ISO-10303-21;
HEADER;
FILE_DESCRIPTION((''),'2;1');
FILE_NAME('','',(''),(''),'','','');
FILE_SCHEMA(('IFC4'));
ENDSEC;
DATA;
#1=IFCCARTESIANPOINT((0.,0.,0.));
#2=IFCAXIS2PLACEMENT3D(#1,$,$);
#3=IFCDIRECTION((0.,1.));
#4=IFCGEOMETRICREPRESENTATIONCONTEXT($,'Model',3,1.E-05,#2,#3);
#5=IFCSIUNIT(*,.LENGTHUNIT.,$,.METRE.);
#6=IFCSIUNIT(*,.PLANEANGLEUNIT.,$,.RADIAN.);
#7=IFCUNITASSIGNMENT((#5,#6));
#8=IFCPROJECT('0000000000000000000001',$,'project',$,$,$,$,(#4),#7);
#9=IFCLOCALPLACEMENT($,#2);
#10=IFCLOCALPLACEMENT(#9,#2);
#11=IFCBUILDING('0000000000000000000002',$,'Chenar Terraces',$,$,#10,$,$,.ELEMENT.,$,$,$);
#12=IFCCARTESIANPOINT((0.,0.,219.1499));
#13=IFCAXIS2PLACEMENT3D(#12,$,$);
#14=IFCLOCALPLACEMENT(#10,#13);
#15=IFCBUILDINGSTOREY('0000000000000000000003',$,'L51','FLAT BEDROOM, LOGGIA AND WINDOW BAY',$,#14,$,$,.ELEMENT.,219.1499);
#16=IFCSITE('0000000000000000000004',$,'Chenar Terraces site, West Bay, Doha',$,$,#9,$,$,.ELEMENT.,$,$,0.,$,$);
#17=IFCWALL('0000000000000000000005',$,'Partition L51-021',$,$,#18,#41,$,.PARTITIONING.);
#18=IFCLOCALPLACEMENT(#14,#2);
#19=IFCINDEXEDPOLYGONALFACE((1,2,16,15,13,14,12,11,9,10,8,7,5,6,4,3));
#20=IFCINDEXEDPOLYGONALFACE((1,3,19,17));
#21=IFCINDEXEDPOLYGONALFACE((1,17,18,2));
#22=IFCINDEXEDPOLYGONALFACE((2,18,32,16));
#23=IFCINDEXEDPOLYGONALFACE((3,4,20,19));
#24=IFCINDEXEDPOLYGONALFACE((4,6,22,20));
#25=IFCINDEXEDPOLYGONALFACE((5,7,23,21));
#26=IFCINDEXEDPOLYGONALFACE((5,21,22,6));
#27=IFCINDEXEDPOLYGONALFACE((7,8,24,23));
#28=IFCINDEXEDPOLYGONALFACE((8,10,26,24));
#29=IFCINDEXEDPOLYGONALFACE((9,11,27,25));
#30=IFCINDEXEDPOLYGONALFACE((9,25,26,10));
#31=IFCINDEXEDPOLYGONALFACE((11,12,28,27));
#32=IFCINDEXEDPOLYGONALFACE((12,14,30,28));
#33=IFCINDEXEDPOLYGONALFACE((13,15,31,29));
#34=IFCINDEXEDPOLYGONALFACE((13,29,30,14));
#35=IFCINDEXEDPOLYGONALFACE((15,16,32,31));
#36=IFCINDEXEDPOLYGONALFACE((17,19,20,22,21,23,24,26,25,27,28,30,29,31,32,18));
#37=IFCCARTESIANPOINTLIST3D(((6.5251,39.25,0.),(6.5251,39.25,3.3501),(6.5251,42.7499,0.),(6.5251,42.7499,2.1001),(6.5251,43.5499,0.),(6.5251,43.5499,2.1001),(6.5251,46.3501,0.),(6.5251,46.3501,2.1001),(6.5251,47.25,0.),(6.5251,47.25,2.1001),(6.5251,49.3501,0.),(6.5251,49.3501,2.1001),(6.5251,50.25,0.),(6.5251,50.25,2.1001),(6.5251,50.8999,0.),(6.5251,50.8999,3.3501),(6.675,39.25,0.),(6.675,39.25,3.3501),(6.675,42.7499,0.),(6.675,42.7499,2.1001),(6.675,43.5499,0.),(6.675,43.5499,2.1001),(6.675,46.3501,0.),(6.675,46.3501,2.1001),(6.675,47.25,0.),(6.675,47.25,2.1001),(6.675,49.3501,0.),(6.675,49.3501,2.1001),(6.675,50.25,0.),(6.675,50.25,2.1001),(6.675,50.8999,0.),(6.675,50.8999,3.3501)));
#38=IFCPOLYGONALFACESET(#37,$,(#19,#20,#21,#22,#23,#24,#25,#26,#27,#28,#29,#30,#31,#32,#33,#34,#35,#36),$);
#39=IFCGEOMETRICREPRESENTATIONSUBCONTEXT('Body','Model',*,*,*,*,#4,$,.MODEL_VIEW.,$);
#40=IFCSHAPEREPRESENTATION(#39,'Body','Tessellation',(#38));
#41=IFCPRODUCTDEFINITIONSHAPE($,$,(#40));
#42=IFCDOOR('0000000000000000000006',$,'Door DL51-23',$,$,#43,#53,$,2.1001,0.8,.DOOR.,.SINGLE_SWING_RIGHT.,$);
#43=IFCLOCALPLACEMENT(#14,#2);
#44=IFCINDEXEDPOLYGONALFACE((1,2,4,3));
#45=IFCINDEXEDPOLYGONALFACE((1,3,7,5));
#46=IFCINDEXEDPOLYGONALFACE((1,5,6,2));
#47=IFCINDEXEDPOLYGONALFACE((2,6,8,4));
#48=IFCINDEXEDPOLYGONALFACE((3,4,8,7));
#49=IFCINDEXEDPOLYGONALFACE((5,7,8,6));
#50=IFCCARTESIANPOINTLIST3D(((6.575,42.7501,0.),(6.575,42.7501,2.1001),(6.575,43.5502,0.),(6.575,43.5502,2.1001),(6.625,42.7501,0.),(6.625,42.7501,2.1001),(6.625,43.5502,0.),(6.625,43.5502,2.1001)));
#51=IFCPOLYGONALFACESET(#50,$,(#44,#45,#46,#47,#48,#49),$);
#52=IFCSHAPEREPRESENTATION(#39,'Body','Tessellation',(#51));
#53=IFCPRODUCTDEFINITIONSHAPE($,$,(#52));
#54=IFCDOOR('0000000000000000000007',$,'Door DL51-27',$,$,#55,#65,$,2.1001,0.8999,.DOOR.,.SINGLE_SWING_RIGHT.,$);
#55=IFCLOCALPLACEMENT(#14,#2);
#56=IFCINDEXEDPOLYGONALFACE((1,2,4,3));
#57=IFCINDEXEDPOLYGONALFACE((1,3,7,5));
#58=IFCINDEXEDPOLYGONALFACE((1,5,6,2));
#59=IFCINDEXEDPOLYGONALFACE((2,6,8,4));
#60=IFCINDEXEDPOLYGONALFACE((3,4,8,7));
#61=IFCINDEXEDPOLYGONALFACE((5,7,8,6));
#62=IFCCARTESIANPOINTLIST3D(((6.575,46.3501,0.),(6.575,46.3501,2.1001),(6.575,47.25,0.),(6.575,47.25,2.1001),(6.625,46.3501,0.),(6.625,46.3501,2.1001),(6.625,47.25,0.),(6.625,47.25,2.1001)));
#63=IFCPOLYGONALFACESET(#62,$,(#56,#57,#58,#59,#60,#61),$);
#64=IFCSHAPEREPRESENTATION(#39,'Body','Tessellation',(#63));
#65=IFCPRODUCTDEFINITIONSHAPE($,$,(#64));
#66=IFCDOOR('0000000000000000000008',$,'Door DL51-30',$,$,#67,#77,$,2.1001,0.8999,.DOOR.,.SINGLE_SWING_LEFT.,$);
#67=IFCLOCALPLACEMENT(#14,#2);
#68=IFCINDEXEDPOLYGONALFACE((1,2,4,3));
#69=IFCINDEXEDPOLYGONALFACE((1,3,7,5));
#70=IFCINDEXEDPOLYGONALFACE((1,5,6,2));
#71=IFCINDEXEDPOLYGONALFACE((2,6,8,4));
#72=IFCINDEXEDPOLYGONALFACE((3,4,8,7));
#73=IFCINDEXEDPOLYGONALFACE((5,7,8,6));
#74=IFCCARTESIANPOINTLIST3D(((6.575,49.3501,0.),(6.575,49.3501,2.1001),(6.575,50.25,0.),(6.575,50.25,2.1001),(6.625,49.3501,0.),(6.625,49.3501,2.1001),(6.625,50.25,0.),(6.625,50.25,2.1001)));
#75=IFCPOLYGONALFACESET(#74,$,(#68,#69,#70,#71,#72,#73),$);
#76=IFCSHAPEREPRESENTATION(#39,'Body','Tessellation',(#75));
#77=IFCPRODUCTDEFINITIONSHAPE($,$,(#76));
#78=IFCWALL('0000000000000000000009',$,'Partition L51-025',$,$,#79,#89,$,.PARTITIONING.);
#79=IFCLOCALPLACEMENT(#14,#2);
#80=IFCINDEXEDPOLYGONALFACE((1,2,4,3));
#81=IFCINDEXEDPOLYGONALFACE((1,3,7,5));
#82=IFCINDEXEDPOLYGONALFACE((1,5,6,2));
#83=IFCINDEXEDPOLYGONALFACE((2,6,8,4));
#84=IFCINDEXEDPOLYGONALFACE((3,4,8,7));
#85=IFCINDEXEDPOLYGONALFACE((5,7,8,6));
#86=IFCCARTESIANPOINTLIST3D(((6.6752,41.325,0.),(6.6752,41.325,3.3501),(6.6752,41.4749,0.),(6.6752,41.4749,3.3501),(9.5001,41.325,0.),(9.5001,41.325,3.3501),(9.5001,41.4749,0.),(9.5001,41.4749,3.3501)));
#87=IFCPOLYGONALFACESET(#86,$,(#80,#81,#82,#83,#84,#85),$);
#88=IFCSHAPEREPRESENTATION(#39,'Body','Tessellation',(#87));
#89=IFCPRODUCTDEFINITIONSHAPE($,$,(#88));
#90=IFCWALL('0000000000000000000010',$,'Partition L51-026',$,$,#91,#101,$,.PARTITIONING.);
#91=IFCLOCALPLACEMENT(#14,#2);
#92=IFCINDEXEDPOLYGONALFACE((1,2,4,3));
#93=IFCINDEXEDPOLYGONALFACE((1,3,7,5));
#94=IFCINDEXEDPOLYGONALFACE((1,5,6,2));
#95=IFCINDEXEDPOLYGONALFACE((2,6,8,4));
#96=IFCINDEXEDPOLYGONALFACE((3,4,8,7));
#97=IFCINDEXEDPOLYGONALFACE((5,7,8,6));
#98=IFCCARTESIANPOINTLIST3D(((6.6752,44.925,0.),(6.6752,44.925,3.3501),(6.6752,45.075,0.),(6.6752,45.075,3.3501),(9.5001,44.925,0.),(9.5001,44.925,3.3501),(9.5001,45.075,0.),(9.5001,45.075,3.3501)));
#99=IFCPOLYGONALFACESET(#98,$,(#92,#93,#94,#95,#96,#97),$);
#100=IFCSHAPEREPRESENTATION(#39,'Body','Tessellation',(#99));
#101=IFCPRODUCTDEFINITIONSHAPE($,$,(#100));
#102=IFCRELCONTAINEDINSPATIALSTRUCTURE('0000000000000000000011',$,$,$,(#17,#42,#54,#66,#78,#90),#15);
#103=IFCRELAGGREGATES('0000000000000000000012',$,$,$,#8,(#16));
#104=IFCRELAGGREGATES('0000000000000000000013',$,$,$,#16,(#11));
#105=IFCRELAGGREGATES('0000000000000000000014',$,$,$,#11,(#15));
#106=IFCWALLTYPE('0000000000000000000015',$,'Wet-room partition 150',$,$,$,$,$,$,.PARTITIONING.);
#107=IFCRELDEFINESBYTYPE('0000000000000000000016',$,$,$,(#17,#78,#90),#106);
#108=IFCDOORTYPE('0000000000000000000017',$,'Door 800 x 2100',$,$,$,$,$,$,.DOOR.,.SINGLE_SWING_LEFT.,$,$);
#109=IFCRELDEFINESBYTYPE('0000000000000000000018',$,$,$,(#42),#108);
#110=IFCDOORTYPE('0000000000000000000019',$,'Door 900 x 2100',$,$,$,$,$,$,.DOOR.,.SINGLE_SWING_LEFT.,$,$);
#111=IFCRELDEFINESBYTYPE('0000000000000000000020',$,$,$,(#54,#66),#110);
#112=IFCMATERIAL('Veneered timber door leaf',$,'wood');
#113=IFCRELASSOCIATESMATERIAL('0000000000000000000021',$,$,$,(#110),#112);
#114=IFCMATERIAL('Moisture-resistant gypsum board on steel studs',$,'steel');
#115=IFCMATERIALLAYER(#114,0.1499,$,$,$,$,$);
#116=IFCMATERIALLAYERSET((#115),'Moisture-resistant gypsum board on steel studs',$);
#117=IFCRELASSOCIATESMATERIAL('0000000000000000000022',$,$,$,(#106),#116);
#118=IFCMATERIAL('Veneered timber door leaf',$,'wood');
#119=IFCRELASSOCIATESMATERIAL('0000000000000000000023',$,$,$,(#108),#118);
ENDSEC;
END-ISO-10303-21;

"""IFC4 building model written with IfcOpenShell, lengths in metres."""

from ifc_helpers import new_model, si_unit, direction, frame, frame_2d, origin, place, context, subcontext, project, spatial, rectangle, extrude, material, layer, layer_set, type_object, element, fill, save


model = new_model("IFC4")

# Units and contexts
model_context = context("Model", 3, precision=1e-05, world=origin(), true_north=direction((0.0, 1.0)))
body_context = subcontext(model_context, "Body", "Model", "MODEL_VIEW")
ifc_project = project(units=[si_unit("LENGTHUNIT", "METRE"), si_unit("PLANEANGLEUNIT", "RADIAN")], contexts=[model_context])

# Site, building, storey
site_placement = place(None, origin())
site = spatial("IfcSite", under=ifc_project, at=site_placement, Name="Chenar Terraces site, West Bay, Doha", CompositionType="ELEMENT", RefElevation=0.0)
building_placement = place(site_placement, origin())
building = spatial("IfcBuilding", under=site, at=building_placement, Name="Chenar Terraces", CompositionType="ELEMENT")
storey_placement = place(building_placement, frame((0.0, 0.0, 219.1499)))
storey = spatial("IfcBuildingStorey", under=building, at=storey_placement, Name="L51", Description="FLAT BEDROOM, LOGGIA AND WINDOW BAY", CompositionType="ELEMENT", Elevation=219.1499)

# Shared definitions
ifc_material_1 = material(Name="Veneered timber door leaf", Category="wood")
door_type_1 = type_object("IfcDoorType", Name="Door 900 x 2100", OperationType="SINGLE_SWING_LEFT", PredefinedType="DOOR", material=ifc_material_1)

# Wall, openings, doors
ifc_material_2 = material(Name="Moisture-resistant gypsum board on steel studs", Category="steel")
ifc_layer_1 = layer(ifc_material_2, 0.1499)
ifc_layer_set_1 = layer_set([ifc_layer_1], Name="Moisture-resistant gypsum board on steel studs")
wall_type_1 = type_object("IfcWallType", Name="Wet-room partition 150", PredefinedType="PARTITIONING", material=ifc_layer_set_1)
wall_1_placement = place(storey_placement, frame((6.6001, 39.25, 0.0), z_axis=(0.0, 0.0, 1.0), x_axis=(0.0, 1.0, 0.0)))
wall_1 = element("IfcWall", 1, at=wall_1_placement, inside=storey, type_object=wall_type_1, Name="Partition L51-021", PredefinedType="PARTITIONING", context=body_context, shape_type="SweptSolid", body=[
    extrude(rectangle(XDim=11.6499, YDim=0.1499, at=frame_2d((5.825, 0.0))), origin(), (0.0, 0.0, 1.0), 3.3501),
])
opening_1_placement = place(wall_1_placement, frame((3.5, 0.0, 0.0)))
opening_1 = element("IfcOpeningElement", 2, at=opening_1_placement, cuts=wall_1, PredefinedType="OPENING", context=body_context, shape_type="SweptSolid", body=[
    extrude(rectangle(XDim=0.8, YDim=2.1001, at=frame_2d((0.3999, 1.05))), frame((0.0, 0.085, 0.0), z_axis=(0.0, -1.0, 0.0), x_axis=(1.0, 0.0, 0.0)), (0.0, 0.0, 1.0), 0.1699),
])
opening_2_placement = place(wall_1_placement, frame((7.1001, 0.0, 0.0)))
opening_2 = element("IfcOpeningElement", 3, at=opening_2_placement, cuts=wall_1, PredefinedType="OPENING", context=body_context, shape_type="SweptSolid", body=[
    extrude(rectangle(XDim=0.8999, YDim=2.1001, at=frame_2d((0.45, 1.05))), frame((0.0, 0.085, 0.0), z_axis=(0.0, -1.0, 0.0), x_axis=(1.0, 0.0, 0.0)), (0.0, 0.0, 1.0), 0.1699),
])
opening_3_placement = place(wall_1_placement, frame((10.1001, 0.0, 0.0)))
opening_3 = element("IfcOpeningElement", 4, at=opening_3_placement, cuts=wall_1, PredefinedType="OPENING", context=body_context, shape_type="SweptSolid", body=[
    extrude(rectangle(XDim=0.8999, YDim=2.1001, at=frame_2d((0.45, 1.05))), frame((0.0, 0.085, 0.0), z_axis=(0.0, -1.0, 0.0), x_axis=(1.0, 0.0, 0.0)), (0.0, 0.0, 1.0), 0.1699),
])
ifc_material_3 = material(Name="Veneered timber door leaf", Category="wood")
door_type_2 = type_object("IfcDoorType", Name="Door 800 x 2100", OperationType="SINGLE_SWING_LEFT", PredefinedType="DOOR", material=ifc_material_3)
door_1_placement = place(opening_1_placement, frame((0.8, 0.0, 0.0), z_axis=(0.0, 0.0, 1.0), x_axis=(-1.0, 0.0, 0.0)))
door_1 = element("IfcDoor", 5, at=door_1_placement, inside=storey, type_object=door_type_2, Name="Door DL51-23", OperationType="SINGLE_SWING_RIGHT", OverallHeight=2.1001, OverallWidth=0.8, PredefinedType="DOOR", context=body_context, shape_type="SweptSolid", body=[
    extrude(rectangle(XDim=0.8, YDim=2.1001, at=frame_2d((0.3999, 1.05))), frame((0.0, 0.0249, 0.0), z_axis=(0.0, -1.0, 0.0), x_axis=(1.0, 0.0, 0.0)), (0.0, 0.0, 1.0), 0.05),
])
fill(opening_1, door_1)
door_2_placement = place(opening_2_placement, frame((0.8999, 0.0, 0.0), z_axis=(0.0, 0.0, 1.0), x_axis=(-1.0, 0.0, 0.0)))
door_2 = element("IfcDoor", 6, at=door_2_placement, inside=storey, type_object=door_type_1, Name="Door DL51-27", OperationType="SINGLE_SWING_RIGHT", OverallHeight=2.1001, OverallWidth=0.8999, PredefinedType="DOOR", context=body_context, shape_type="SweptSolid", body=[
    extrude(rectangle(XDim=0.8999, YDim=2.1001, at=frame_2d((0.45, 1.05))), frame((0.0, 0.0249, 0.0), z_axis=(0.0, -1.0, 0.0), x_axis=(1.0, 0.0, 0.0)), (0.0, 0.0, 1.0), 0.05),
])
fill(opening_2, door_2)
door_3_placement = place(opening_3_placement, frame((0.8999, 0.0, 0.0), z_axis=(0.0, 0.0, 1.0), x_axis=(-1.0, 0.0, 0.0)))
door_3 = element("IfcDoor", 7, at=door_3_placement, inside=storey, type_object=door_type_1, Name="Door DL51-30", OperationType="SINGLE_SWING_LEFT", OverallHeight=2.1001, OverallWidth=0.8999, PredefinedType="DOOR", context=body_context, shape_type="SweptSolid", body=[
    extrude(rectangle(XDim=0.8999, YDim=2.1001, at=frame_2d((0.45, 1.05))), frame((0.0, 0.0249, 0.0), z_axis=(0.0, -1.0, 0.0), x_axis=(1.0, 0.0, 0.0)), (0.0, 0.0, 1.0), 0.05),
])
fill(opening_3, door_3)

# Walls
for number, where, z_axis, x_axis, name in (
    (8, (6.675, 41.3999, 0.0), (0.0, 0.0, 1.0), (1.0, 0.0, 0.0), "Partition L51-025"),
    (9, (6.675, 45.0, 0.0), (0.0, 0.0, 1.0), (1.0, 0.0, 0.0), "Partition L51-026"),
):
    element("IfcWall", number, at=place(storey_placement, frame(where, z_axis=z_axis, x_axis=x_axis)), inside=storey, type_object=wall_type_1, Name=name, PredefinedType="PARTITIONING", context=body_context, shape_type="SweptSolid", body=[
        extrude(rectangle(XDim=2.825, YDim=0.1499, at=frame_2d((1.4126, 0.0))), origin(), (0.0, 0.0, 1.0), 3.3501),
    ])

save(model, "model.ifc")
